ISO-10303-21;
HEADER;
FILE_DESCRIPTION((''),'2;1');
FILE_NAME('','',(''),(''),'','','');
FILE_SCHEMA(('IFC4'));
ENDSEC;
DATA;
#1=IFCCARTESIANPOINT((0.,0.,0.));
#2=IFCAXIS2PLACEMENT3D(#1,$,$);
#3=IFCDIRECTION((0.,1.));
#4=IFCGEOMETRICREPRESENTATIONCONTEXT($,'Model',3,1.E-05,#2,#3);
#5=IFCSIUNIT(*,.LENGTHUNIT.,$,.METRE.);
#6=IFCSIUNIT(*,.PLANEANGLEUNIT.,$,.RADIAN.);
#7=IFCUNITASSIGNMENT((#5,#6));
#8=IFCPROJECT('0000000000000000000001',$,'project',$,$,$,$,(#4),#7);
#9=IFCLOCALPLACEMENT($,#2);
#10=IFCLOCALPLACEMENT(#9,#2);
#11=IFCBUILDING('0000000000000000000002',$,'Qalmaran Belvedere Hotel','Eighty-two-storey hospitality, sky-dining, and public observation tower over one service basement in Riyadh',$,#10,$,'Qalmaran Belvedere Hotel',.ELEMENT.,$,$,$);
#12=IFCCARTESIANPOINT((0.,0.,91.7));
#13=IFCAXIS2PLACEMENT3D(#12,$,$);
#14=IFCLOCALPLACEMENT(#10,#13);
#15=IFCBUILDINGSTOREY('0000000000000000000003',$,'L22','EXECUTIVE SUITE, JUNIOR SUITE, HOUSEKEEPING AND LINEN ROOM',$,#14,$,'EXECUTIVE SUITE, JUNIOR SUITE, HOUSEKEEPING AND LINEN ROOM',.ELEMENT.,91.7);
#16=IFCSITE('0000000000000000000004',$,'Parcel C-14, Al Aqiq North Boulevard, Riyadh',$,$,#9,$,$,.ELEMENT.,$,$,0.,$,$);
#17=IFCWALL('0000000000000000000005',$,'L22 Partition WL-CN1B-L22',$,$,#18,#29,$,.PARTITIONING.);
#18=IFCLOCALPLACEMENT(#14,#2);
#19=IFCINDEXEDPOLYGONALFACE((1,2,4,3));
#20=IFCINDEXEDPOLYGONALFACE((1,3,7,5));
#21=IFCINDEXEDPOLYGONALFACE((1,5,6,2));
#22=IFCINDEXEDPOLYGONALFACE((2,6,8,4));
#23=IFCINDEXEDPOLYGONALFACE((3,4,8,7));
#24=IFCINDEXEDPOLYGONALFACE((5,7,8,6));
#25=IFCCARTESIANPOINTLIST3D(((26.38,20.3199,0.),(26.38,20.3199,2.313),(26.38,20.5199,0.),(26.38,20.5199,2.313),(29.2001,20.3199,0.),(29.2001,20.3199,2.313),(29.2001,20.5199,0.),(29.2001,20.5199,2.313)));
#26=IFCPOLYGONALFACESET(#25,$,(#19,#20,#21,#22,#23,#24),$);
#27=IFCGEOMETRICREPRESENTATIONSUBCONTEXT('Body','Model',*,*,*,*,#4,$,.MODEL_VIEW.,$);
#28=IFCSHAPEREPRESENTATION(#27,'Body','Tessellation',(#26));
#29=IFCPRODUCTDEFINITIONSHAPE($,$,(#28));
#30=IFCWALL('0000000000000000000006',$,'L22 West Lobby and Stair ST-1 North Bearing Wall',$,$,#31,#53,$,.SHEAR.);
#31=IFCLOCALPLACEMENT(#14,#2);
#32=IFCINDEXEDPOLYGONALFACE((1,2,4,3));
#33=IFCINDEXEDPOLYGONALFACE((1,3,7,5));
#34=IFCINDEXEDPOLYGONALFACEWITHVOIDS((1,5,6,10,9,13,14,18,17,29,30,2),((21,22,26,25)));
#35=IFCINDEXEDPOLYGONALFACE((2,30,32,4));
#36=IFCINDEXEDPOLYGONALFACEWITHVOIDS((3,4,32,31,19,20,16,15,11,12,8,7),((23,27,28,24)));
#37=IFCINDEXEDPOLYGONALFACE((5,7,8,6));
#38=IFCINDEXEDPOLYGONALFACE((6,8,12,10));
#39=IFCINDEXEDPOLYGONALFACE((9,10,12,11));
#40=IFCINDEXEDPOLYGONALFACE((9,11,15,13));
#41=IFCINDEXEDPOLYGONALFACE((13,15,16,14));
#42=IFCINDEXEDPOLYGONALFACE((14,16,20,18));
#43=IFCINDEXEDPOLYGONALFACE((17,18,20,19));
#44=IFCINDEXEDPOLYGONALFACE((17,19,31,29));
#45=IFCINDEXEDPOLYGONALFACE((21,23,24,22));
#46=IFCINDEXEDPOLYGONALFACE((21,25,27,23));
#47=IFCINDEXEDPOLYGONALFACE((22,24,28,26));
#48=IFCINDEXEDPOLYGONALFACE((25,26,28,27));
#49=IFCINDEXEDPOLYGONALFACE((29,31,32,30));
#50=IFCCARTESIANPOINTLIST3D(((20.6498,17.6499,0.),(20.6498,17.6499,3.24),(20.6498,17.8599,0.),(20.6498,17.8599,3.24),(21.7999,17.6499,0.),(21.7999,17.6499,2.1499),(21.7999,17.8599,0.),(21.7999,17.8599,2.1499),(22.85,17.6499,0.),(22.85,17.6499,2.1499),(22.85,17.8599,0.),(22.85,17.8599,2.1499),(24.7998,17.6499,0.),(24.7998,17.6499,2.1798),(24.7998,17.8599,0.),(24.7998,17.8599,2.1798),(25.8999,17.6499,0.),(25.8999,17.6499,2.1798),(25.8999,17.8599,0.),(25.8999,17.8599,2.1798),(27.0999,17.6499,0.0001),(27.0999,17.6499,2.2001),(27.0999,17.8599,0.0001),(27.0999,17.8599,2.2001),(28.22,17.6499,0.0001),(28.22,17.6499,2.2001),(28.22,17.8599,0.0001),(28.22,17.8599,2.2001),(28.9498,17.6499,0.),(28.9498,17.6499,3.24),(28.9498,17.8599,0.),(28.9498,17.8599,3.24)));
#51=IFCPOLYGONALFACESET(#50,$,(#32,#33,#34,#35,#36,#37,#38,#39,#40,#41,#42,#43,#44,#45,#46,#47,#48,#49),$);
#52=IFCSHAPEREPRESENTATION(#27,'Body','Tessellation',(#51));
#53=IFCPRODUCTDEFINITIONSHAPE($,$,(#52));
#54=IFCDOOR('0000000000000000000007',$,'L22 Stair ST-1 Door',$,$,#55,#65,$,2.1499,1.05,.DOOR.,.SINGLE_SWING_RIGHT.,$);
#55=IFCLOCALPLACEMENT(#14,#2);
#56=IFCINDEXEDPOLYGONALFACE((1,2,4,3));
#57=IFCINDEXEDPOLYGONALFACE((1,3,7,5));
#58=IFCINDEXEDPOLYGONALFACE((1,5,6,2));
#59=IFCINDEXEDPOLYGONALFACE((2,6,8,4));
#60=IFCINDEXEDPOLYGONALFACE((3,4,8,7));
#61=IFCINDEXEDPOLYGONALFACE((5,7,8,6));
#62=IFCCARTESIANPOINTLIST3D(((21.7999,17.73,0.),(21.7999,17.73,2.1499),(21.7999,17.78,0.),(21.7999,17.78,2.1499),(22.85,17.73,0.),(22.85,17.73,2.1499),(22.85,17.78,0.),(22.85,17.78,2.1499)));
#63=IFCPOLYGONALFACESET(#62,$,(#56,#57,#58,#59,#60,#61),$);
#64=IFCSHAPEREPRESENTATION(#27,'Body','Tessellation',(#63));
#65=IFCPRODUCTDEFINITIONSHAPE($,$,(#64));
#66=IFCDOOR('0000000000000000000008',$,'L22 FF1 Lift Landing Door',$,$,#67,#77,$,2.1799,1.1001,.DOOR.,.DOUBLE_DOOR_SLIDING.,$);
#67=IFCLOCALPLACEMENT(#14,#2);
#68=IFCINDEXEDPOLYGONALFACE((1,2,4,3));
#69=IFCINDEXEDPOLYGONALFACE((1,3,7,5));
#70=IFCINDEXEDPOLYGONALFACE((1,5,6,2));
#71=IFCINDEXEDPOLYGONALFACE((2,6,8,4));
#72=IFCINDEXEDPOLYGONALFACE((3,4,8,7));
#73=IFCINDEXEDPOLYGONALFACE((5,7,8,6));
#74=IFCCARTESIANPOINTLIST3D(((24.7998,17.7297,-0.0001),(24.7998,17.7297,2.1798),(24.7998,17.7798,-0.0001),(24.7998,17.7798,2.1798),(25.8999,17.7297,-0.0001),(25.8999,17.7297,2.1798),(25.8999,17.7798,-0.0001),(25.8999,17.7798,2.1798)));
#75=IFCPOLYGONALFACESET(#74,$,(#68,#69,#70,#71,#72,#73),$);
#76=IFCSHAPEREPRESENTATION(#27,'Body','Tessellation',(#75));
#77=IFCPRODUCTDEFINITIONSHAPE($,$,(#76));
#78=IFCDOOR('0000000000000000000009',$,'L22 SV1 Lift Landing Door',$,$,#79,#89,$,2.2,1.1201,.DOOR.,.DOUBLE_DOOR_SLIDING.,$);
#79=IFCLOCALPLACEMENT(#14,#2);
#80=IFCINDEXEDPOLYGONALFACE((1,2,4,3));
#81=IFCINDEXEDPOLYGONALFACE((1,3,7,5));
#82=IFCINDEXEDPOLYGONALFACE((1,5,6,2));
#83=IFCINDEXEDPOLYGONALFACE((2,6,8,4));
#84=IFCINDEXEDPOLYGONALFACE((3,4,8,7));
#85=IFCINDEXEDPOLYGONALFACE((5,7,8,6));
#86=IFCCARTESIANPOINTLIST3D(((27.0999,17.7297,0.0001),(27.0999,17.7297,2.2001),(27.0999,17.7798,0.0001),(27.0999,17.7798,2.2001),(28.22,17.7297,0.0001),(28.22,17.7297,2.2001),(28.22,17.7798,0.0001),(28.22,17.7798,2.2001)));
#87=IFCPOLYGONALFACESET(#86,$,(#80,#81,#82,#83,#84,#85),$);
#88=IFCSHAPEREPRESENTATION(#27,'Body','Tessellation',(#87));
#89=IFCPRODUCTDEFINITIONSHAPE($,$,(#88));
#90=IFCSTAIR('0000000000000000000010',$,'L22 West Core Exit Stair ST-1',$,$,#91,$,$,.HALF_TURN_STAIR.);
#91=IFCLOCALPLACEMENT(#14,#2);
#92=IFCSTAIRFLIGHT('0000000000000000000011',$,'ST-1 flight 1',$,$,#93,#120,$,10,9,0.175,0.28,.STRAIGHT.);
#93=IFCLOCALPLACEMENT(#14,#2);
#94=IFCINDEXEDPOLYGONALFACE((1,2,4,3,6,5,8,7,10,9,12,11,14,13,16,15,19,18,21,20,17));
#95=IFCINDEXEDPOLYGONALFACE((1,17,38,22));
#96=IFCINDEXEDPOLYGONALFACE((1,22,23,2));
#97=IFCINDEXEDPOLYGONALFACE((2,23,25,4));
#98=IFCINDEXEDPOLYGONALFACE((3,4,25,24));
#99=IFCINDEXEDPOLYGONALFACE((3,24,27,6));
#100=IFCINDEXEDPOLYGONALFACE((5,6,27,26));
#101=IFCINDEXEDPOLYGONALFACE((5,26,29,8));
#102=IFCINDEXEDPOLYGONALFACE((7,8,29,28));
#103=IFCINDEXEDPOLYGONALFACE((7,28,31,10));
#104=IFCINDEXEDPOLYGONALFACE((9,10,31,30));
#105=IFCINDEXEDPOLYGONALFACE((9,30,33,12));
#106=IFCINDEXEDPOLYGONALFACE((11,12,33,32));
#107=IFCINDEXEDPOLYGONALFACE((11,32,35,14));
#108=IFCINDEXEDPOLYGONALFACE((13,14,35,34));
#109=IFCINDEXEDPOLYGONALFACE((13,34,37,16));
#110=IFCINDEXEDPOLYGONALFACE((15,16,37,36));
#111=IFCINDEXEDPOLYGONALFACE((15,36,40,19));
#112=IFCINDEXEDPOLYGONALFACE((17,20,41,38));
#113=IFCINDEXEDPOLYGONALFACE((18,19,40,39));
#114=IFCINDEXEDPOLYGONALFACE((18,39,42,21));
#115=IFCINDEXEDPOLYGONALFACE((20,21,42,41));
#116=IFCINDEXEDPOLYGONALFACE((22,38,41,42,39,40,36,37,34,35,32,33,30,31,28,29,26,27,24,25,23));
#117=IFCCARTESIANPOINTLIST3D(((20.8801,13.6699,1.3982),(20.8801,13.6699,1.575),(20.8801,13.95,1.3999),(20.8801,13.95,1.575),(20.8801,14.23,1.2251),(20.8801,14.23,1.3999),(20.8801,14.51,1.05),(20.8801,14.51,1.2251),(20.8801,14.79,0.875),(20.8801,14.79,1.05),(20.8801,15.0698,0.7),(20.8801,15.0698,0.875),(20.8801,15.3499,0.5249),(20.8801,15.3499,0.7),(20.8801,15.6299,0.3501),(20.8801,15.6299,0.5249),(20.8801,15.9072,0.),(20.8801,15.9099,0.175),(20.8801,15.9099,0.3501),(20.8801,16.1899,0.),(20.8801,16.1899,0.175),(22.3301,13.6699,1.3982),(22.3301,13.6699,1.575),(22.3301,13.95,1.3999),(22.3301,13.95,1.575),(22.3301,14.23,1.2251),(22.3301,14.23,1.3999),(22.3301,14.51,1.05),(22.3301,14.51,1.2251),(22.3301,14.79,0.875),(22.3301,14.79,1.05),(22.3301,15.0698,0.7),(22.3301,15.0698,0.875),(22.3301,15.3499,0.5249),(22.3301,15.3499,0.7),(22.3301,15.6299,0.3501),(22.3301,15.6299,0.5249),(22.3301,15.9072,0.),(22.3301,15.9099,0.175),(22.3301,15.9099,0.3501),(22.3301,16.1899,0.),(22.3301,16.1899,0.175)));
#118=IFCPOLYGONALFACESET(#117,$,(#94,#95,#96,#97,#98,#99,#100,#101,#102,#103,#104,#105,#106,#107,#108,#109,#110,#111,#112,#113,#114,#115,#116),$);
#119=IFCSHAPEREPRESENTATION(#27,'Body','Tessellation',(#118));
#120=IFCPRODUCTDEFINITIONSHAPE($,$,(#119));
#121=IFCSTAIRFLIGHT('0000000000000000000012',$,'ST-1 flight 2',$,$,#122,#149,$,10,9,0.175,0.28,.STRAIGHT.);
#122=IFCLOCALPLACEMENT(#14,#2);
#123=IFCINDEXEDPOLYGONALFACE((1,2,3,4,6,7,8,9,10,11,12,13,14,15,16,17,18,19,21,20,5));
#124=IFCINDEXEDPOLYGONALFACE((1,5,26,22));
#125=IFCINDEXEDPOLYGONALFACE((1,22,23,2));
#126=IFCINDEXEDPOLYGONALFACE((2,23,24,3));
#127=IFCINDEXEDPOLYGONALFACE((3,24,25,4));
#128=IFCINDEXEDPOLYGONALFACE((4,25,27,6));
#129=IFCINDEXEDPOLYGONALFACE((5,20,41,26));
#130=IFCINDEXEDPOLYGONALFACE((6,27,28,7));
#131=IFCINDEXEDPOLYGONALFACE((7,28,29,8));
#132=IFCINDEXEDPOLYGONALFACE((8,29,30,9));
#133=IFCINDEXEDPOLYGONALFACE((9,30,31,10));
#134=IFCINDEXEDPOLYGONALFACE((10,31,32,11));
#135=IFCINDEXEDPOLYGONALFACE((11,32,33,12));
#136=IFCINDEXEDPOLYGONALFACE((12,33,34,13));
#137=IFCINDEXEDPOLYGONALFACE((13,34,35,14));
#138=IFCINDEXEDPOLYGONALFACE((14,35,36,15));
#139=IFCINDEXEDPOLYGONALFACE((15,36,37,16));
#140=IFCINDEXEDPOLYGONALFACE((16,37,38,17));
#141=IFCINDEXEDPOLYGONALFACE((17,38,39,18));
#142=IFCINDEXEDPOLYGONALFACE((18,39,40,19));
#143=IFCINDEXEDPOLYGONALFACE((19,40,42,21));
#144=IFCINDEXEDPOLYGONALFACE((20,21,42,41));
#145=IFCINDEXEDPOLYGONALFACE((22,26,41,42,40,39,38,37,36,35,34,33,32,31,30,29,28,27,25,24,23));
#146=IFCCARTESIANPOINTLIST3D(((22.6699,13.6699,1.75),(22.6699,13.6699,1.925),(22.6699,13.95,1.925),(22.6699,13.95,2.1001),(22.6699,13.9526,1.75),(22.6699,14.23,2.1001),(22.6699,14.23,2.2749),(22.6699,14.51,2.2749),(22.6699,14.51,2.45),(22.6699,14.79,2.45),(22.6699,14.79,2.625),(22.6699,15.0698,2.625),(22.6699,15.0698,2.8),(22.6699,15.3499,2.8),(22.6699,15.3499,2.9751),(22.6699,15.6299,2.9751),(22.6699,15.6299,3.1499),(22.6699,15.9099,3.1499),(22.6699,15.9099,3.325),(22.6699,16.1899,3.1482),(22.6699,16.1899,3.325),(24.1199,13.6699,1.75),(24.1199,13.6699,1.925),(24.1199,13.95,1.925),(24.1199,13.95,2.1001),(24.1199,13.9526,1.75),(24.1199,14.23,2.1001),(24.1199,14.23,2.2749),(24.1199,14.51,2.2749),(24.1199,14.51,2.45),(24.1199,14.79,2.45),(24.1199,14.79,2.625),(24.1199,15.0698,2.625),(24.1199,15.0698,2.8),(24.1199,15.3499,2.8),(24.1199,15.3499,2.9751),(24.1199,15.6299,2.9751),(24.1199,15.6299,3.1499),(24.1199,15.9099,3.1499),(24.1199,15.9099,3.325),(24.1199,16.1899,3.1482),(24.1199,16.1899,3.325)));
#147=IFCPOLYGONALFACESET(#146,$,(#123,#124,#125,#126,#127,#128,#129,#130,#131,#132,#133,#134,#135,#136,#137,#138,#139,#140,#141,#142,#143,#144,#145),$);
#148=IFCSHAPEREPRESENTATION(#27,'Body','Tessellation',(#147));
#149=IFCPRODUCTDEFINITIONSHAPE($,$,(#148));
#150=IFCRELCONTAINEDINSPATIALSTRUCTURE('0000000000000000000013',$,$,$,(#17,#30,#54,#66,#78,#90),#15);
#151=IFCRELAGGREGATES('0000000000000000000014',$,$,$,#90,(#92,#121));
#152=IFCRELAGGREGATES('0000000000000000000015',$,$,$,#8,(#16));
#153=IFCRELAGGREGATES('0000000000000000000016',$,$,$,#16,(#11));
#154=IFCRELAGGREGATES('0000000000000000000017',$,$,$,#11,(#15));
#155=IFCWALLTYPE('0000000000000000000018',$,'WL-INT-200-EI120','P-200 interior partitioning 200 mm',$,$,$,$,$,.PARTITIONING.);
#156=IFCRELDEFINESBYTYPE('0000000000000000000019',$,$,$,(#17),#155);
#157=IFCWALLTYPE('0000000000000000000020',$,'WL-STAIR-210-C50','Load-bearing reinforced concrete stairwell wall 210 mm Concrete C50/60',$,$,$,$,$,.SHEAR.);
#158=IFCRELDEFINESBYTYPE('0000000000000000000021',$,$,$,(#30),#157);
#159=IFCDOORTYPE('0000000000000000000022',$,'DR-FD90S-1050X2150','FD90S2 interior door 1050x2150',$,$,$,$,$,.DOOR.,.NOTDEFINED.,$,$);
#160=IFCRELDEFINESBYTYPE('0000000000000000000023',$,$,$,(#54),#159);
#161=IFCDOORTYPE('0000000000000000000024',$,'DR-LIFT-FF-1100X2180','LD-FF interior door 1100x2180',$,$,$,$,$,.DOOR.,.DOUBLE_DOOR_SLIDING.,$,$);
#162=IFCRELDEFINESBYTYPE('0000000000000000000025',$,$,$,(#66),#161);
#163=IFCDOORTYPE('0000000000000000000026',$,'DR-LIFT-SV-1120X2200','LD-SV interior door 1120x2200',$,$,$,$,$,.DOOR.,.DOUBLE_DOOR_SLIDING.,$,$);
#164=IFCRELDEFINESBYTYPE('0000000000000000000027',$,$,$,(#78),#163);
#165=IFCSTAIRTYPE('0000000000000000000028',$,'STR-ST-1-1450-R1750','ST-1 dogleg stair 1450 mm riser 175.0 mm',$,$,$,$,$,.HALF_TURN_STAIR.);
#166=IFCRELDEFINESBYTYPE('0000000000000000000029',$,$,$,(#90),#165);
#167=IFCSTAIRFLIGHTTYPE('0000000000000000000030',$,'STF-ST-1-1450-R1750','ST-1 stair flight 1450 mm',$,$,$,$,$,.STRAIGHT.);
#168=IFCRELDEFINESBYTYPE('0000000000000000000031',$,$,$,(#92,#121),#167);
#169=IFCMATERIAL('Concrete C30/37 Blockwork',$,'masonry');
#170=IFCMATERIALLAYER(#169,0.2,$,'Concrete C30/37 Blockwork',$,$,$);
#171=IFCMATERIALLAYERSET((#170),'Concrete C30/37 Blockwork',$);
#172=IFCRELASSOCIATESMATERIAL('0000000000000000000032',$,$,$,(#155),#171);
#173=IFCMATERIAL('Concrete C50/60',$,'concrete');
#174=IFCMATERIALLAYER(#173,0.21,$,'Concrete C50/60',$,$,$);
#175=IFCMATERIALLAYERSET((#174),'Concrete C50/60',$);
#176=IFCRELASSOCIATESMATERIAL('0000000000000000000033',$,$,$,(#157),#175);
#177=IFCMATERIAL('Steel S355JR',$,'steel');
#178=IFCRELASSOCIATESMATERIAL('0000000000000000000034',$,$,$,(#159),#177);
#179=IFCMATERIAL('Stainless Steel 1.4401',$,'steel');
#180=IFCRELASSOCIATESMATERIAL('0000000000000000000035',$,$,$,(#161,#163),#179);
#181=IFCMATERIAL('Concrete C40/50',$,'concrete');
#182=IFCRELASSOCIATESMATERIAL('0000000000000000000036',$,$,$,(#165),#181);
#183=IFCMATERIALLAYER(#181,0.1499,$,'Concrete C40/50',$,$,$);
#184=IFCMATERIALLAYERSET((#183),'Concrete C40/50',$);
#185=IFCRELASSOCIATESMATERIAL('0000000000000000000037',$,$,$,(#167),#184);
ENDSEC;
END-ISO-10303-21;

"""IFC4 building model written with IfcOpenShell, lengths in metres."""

from ifc_helpers import new_model, si_unit, direction, frame, frame_2d, origin, place, context, subcontext, project, spatial, polyline, rectangle, outline, extrude, material, layer, layer_set, type_object, element, fill, aggregate, save


model = new_model("IFC4")

# Units and contexts
model_context = context("Model", 3, precision=1e-05, world=origin(), true_north=direction((0.0, 1.0)))
body_context = subcontext(model_context, "Body", "Model", "MODEL_VIEW")
ifc_project = project(units=[si_unit("LENGTHUNIT", "METRE"), si_unit("PLANEANGLEUNIT", "RADIAN")], contexts=[model_context])

# Site, building, storey
site_placement = place(None, origin())
site = spatial("IfcSite", under=ifc_project, at=site_placement, Name="Parcel C-14, Al Aqiq North Boulevard, Riyadh", CompositionType="ELEMENT", RefElevation=0.0)
building_placement = place(site_placement, origin())
building = spatial("IfcBuilding", under=site, at=building_placement, Name="Qalmaran Belvedere Hotel", Description="Eighty-two-storey hospitality, sky-dining, and public observation tower over one service basement in Riyadh", LongName="Qalmaran Belvedere Hotel", CompositionType="ELEMENT")
storey_placement = place(building_placement, frame((0.0, 0.0, 91.7)))
storey = spatial("IfcBuildingStorey", under=building, at=storey_placement, Name="L22", Description="EXECUTIVE SUITE, JUNIOR SUITE, HOUSEKEEPING AND LINEN ROOM", LongName="EXECUTIVE SUITE, JUNIOR SUITE, HOUSEKEEPING AND LINEN ROOM", CompositionType="ELEMENT", Elevation=91.7)

# Shared definitions
ifc_material_1 = material(Name="Steel S355JR", Category="steel")

# Shared definitions
ifc_material_2 = material(Name="Concrete C30/37 Blockwork", Category="masonry")
ifc_layer_1 = layer(ifc_material_2, 0.2, Name="Concrete C30/37 Blockwork")
ifc_layer_set_1 = layer_set([ifc_layer_1], Name="Concrete C30/37 Blockwork")
wall_type_1 = type_object("IfcWallType", Name="WL-INT-200-EI120", Description="P-200 interior partitioning 200 mm", PredefinedType="PARTITIONING", material=ifc_layer_set_1)

# Wall
wall_1_placement = place(storey_placement, frame((26.3799, 20.4199, 0.0), z_axis=(0.0, 0.0, 1.0), x_axis=(1.0, 0.0, 0.0)))
element("IfcWall", 1, at=wall_1_placement, inside=storey, type_object=wall_type_1, Name="L22 Partition WL-CN1B-L22", PredefinedType="PARTITIONING", context=body_context, shape_type="SweptSolid", body=[
    extrude(rectangle(XDim=2.8201, YDim=0.2, at=frame_2d((1.4102, 0.0))), origin(), (0.0, 0.0, 1.0), 2.313),
])

# Wall, openings, doors
ifc_material_3 = material(Name="Concrete C50/60", Category="concrete")
ifc_layer_2 = layer(ifc_material_3, 0.21, Name="Concrete C50/60")
ifc_layer_set_2 = layer_set([ifc_layer_2], Name="Concrete C50/60")
wall_type_2 = type_object("IfcWallType", Name="WL-STAIR-210-C50", Description="Load-bearing reinforced concrete stairwell wall 210 mm Concrete C50/60", PredefinedType="SHEAR", material=ifc_layer_set_2)
wall_2_placement = place(storey_placement, frame((20.6499, 17.7549, 0.0), z_axis=(0.0, 0.0, 1.0), x_axis=(1.0, 0.0, 0.0)))
wall_2 = element("IfcWall", 2, at=wall_2_placement, inside=storey, type_object=wall_type_2, Name="L22 West Lobby and Stair ST-1 North Bearing Wall", PredefinedType="SHEAR", context=body_context, shape_type="SweptSolid", body=[
    extrude(rectangle(XDim=8.3, YDim=0.21, at=frame_2d((4.1499, 0.0))), origin(), (0.0, 0.0, 1.0), 3.24),
])
opening_1_placement = place(wall_2_placement, frame((2.2, 0.0, 0.0), z_axis=(0.0, 0.0, 1.0), x_axis=(-1.0, 0.0, 0.0)))
opening_1 = element("IfcOpeningElement", 3, at=opening_1_placement, cuts=wall_2, PredefinedType="OPENING", context=body_context, shape_type="SweptSolid", body=[
    extrude(rectangle(XDim=1.05, YDim=2.1499, at=frame_2d((0.5249, 1.075))), frame((0.0, 0.115, 0.0), z_axis=(0.0, -1.0, 0.0), x_axis=(1.0, 0.0, 0.0)), (0.0, 0.0, 1.0), 0.23),
])
opening_2_placement = place(wall_2_placement, frame((4.1499, 0.0, 0.0)))
opening_2 = element("IfcOpeningElement", 4, at=opening_2_placement, cuts=wall_2, PredefinedType="OPENING", context=body_context, shape_type="SweptSolid", body=[
    extrude(rectangle(XDim=1.1001, YDim=2.1799, at=frame_2d((0.55, 1.0898))), frame((0.0, 0.115, 0.0), z_axis=(0.0, -1.0, 0.0), x_axis=(1.0, 0.0, 0.0)), (0.0, 0.0, 1.0), 0.23),
])
opening_3_placement = place(wall_2_placement, frame((6.45, 0.0, 0.0)))
opening_3 = element("IfcOpeningElement", 5, at=opening_3_placement, cuts=wall_2, PredefinedType="OPENING", context=body_context, shape_type="SweptSolid", body=[
    extrude(rectangle(XDim=1.1201, YDim=2.2, at=frame_2d((0.5601, 1.1001))), frame((0.0, 0.115, 0.0), z_axis=(0.0, -1.0, 0.0), x_axis=(1.0, 0.0, 0.0)), (0.0, 0.0, 1.0), 0.23),
])
door_type_1 = type_object("IfcDoorType", Name="DR-FD90S-1050X2150", Description="FD90S2 interior door 1050x2150", OperationType="NOTDEFINED", PredefinedType="DOOR", material=ifc_material_1)
door_1_placement = place(opening_1_placement, origin())
door_1 = element("IfcDoor", 6, at=door_1_placement, inside=storey, type_object=door_type_1, Name="L22 Stair ST-1 Door", OperationType="SINGLE_SWING_RIGHT", OverallHeight=2.1499, OverallWidth=1.05, PredefinedType="DOOR", context=body_context, shape_type="SweptSolid", body=[
    extrude(rectangle(XDim=1.05, YDim=2.1499, at=frame_2d((0.5249, 1.075))), frame((0.0, 0.0249, 0.0), z_axis=(0.0, -1.0, 0.0), x_axis=(1.0, 0.0, 0.0)), (0.0, 0.0, 1.0), 0.05),
])
fill(opening_1, door_1)
ifc_material_4 = material(Name="Stainless Steel 1.4401", Category="steel")
door_type_2 = type_object("IfcDoorType", Name="DR-LIFT-FF-1100X2180", Description="LD-FF interior door 1100x2180", OperationType="DOUBLE_DOOR_SLIDING", PredefinedType="DOOR", material=ifc_material_4)
door_2_placement = place(opening_2_placement, origin())
door_2 = element("IfcDoor", 7, at=door_2_placement, inside=storey, type_object=door_type_2, Name="L22 FF1 Lift Landing Door", OperationType="DOUBLE_DOOR_SLIDING", OverallHeight=2.1799, OverallWidth=1.1001, PredefinedType="DOOR", context=body_context, shape_type="SweptSolid", body=[
    extrude(rectangle(XDim=1.1001, YDim=2.1799, at=frame_2d((0.55, 1.0898))), frame((0.0, 0.0249, 0.0), z_axis=(0.0, -1.0, 0.0), x_axis=(1.0, 0.0, 0.0)), (0.0, 0.0, 1.0), 0.05),
])
fill(opening_2, door_2)
door_type_3 = type_object("IfcDoorType", Name="DR-LIFT-SV-1120X2200", Description="LD-SV interior door 1120x2200", OperationType="DOUBLE_DOOR_SLIDING", PredefinedType="DOOR", material=ifc_material_4)
door_3_placement = place(opening_3_placement, origin())
door_3 = element("IfcDoor", 8, at=door_3_placement, inside=storey, type_object=door_type_3, Name="L22 SV1 Lift Landing Door", OperationType="DOUBLE_DOOR_SLIDING", OverallHeight=2.2, OverallWidth=1.1201, PredefinedType="DOOR", context=body_context, shape_type="SweptSolid", body=[
    extrude(rectangle(XDim=1.1201, YDim=2.2, at=frame_2d((0.5601, 1.1001))), frame((0.0, 0.0249, 0.0), z_axis=(0.0, -1.0, 0.0), x_axis=(1.0, 0.0, 0.0)), (0.0, 0.0, 1.0), 0.05),
])
fill(opening_3, door_3)

# Stair, stair flights
ifc_material_5 = material(Name="Concrete C40/50", Category="concrete")
stair_type = type_object("IfcStairType", Name="STR-ST-1-1450-R1750", Description="ST-1 dogleg stair 1450 mm riser 175.0 mm", PredefinedType="HALF_TURN_STAIR", material=ifc_material_5)
stair_placement = place(storey_placement, origin())
stair = element("IfcStair", 9, at=stair_placement, inside=storey, type_object=stair_type, Name="L22 West Core Exit Stair ST-1", PredefinedType="HALF_TURN_STAIR")
ifc_layer_3 = layer(ifc_material_5, 0.1499, Name="Concrete C40/50")
ifc_layer_set_3 = layer_set([ifc_layer_3], Name="Concrete C40/50")
stair_flight_type = type_object("IfcStairFlightType", Name="STF-ST-1-1450-R1750", Description="ST-1 stair flight 1450 mm", PredefinedType="STRAIGHT", material=ifc_layer_set_3)
stair_flight_1_placement = place(storey_placement, frame((21.605, 16.1899, 0.0), z_axis=(0.0, 0.0, 1.0), x_axis=(0.0, -1.0, 0.0)))
stair_flight_1 = element("IfcStairFlight", 10, at=stair_flight_1_placement, type_object=stair_flight_type, Name="ST-1 flight 1", NumberOfRisers=10, NumberOfTreads=9, PredefinedType="STRAIGHT", RiserHeight=0.175, TreadLength=0.28, context=body_context, shape_type="SweptSolid", body=[
    extrude(outline(polyline([(0.0, 0.0), (0.0, 0.175), (0.28, 0.175), (0.28, 0.3501), (0.5601, 0.3501), (0.5601, 0.5249), (0.8401, 0.5249), (0.8401, 0.7), (1.1201, 0.7), (1.1201, 0.875), (1.3999, 0.875), (1.3999, 1.05), (1.6799, 1.05), (1.6799, 1.2251), (1.96, 1.2251), (1.96, 1.3999), (2.24, 1.3999), (2.24, 1.575), (2.52, 1.575), (2.52, 1.75), (2.52, 1.3982), (0.2827, 0.0), (0.0, 0.0)])), frame((0.0, 0.7251, 0.0), z_axis=(0.0, -1.0, 0.0), x_axis=(1.0, 0.0, 0.0)), (0.0, 0.0, 1.0), 1.45),
])
stair_flight_2_placement = place(storey_placement, frame((23.395, 13.6699, 1.75), z_axis=(0.0, 0.0, 1.0), x_axis=(0.0, 1.0, 0.0)))
stair_flight_2 = element("IfcStairFlight", 11, at=stair_flight_2_placement, type_object=stair_flight_type, Name="ST-1 flight 2", NumberOfRisers=10, NumberOfTreads=9, PredefinedType="STRAIGHT", RiserHeight=0.175, TreadLength=0.28, context=body_context, shape_type="SweptSolid", body=[
    extrude(outline(polyline([(0.0, 0.0), (0.0, 0.175), (0.28, 0.175), (0.28, 0.3501), (0.5601, 0.3501), (0.5601, 0.5249), (0.8401, 0.5249), (0.8401, 0.7), (1.1201, 0.7), (1.1201, 0.875), (1.3999, 0.875), (1.3999, 1.05), (1.6799, 1.05), (1.6799, 1.2251), (1.96, 1.2251), (1.96, 1.3999), (2.24, 1.3999), (2.24, 1.575), (2.52, 1.575), (2.52, 1.75), (2.52, 1.3982), (0.2827, 0.0), (0.0, 0.0)])), frame((0.0, 0.7251, 0.0), z_axis=(0.0, -1.0, 0.0), x_axis=(1.0, 0.0, 0.0)), (0.0, 0.0, 1.0), 1.45),
])
aggregate(stair, [stair_flight_1, stair_flight_2])

save(model, "model.ifc")
